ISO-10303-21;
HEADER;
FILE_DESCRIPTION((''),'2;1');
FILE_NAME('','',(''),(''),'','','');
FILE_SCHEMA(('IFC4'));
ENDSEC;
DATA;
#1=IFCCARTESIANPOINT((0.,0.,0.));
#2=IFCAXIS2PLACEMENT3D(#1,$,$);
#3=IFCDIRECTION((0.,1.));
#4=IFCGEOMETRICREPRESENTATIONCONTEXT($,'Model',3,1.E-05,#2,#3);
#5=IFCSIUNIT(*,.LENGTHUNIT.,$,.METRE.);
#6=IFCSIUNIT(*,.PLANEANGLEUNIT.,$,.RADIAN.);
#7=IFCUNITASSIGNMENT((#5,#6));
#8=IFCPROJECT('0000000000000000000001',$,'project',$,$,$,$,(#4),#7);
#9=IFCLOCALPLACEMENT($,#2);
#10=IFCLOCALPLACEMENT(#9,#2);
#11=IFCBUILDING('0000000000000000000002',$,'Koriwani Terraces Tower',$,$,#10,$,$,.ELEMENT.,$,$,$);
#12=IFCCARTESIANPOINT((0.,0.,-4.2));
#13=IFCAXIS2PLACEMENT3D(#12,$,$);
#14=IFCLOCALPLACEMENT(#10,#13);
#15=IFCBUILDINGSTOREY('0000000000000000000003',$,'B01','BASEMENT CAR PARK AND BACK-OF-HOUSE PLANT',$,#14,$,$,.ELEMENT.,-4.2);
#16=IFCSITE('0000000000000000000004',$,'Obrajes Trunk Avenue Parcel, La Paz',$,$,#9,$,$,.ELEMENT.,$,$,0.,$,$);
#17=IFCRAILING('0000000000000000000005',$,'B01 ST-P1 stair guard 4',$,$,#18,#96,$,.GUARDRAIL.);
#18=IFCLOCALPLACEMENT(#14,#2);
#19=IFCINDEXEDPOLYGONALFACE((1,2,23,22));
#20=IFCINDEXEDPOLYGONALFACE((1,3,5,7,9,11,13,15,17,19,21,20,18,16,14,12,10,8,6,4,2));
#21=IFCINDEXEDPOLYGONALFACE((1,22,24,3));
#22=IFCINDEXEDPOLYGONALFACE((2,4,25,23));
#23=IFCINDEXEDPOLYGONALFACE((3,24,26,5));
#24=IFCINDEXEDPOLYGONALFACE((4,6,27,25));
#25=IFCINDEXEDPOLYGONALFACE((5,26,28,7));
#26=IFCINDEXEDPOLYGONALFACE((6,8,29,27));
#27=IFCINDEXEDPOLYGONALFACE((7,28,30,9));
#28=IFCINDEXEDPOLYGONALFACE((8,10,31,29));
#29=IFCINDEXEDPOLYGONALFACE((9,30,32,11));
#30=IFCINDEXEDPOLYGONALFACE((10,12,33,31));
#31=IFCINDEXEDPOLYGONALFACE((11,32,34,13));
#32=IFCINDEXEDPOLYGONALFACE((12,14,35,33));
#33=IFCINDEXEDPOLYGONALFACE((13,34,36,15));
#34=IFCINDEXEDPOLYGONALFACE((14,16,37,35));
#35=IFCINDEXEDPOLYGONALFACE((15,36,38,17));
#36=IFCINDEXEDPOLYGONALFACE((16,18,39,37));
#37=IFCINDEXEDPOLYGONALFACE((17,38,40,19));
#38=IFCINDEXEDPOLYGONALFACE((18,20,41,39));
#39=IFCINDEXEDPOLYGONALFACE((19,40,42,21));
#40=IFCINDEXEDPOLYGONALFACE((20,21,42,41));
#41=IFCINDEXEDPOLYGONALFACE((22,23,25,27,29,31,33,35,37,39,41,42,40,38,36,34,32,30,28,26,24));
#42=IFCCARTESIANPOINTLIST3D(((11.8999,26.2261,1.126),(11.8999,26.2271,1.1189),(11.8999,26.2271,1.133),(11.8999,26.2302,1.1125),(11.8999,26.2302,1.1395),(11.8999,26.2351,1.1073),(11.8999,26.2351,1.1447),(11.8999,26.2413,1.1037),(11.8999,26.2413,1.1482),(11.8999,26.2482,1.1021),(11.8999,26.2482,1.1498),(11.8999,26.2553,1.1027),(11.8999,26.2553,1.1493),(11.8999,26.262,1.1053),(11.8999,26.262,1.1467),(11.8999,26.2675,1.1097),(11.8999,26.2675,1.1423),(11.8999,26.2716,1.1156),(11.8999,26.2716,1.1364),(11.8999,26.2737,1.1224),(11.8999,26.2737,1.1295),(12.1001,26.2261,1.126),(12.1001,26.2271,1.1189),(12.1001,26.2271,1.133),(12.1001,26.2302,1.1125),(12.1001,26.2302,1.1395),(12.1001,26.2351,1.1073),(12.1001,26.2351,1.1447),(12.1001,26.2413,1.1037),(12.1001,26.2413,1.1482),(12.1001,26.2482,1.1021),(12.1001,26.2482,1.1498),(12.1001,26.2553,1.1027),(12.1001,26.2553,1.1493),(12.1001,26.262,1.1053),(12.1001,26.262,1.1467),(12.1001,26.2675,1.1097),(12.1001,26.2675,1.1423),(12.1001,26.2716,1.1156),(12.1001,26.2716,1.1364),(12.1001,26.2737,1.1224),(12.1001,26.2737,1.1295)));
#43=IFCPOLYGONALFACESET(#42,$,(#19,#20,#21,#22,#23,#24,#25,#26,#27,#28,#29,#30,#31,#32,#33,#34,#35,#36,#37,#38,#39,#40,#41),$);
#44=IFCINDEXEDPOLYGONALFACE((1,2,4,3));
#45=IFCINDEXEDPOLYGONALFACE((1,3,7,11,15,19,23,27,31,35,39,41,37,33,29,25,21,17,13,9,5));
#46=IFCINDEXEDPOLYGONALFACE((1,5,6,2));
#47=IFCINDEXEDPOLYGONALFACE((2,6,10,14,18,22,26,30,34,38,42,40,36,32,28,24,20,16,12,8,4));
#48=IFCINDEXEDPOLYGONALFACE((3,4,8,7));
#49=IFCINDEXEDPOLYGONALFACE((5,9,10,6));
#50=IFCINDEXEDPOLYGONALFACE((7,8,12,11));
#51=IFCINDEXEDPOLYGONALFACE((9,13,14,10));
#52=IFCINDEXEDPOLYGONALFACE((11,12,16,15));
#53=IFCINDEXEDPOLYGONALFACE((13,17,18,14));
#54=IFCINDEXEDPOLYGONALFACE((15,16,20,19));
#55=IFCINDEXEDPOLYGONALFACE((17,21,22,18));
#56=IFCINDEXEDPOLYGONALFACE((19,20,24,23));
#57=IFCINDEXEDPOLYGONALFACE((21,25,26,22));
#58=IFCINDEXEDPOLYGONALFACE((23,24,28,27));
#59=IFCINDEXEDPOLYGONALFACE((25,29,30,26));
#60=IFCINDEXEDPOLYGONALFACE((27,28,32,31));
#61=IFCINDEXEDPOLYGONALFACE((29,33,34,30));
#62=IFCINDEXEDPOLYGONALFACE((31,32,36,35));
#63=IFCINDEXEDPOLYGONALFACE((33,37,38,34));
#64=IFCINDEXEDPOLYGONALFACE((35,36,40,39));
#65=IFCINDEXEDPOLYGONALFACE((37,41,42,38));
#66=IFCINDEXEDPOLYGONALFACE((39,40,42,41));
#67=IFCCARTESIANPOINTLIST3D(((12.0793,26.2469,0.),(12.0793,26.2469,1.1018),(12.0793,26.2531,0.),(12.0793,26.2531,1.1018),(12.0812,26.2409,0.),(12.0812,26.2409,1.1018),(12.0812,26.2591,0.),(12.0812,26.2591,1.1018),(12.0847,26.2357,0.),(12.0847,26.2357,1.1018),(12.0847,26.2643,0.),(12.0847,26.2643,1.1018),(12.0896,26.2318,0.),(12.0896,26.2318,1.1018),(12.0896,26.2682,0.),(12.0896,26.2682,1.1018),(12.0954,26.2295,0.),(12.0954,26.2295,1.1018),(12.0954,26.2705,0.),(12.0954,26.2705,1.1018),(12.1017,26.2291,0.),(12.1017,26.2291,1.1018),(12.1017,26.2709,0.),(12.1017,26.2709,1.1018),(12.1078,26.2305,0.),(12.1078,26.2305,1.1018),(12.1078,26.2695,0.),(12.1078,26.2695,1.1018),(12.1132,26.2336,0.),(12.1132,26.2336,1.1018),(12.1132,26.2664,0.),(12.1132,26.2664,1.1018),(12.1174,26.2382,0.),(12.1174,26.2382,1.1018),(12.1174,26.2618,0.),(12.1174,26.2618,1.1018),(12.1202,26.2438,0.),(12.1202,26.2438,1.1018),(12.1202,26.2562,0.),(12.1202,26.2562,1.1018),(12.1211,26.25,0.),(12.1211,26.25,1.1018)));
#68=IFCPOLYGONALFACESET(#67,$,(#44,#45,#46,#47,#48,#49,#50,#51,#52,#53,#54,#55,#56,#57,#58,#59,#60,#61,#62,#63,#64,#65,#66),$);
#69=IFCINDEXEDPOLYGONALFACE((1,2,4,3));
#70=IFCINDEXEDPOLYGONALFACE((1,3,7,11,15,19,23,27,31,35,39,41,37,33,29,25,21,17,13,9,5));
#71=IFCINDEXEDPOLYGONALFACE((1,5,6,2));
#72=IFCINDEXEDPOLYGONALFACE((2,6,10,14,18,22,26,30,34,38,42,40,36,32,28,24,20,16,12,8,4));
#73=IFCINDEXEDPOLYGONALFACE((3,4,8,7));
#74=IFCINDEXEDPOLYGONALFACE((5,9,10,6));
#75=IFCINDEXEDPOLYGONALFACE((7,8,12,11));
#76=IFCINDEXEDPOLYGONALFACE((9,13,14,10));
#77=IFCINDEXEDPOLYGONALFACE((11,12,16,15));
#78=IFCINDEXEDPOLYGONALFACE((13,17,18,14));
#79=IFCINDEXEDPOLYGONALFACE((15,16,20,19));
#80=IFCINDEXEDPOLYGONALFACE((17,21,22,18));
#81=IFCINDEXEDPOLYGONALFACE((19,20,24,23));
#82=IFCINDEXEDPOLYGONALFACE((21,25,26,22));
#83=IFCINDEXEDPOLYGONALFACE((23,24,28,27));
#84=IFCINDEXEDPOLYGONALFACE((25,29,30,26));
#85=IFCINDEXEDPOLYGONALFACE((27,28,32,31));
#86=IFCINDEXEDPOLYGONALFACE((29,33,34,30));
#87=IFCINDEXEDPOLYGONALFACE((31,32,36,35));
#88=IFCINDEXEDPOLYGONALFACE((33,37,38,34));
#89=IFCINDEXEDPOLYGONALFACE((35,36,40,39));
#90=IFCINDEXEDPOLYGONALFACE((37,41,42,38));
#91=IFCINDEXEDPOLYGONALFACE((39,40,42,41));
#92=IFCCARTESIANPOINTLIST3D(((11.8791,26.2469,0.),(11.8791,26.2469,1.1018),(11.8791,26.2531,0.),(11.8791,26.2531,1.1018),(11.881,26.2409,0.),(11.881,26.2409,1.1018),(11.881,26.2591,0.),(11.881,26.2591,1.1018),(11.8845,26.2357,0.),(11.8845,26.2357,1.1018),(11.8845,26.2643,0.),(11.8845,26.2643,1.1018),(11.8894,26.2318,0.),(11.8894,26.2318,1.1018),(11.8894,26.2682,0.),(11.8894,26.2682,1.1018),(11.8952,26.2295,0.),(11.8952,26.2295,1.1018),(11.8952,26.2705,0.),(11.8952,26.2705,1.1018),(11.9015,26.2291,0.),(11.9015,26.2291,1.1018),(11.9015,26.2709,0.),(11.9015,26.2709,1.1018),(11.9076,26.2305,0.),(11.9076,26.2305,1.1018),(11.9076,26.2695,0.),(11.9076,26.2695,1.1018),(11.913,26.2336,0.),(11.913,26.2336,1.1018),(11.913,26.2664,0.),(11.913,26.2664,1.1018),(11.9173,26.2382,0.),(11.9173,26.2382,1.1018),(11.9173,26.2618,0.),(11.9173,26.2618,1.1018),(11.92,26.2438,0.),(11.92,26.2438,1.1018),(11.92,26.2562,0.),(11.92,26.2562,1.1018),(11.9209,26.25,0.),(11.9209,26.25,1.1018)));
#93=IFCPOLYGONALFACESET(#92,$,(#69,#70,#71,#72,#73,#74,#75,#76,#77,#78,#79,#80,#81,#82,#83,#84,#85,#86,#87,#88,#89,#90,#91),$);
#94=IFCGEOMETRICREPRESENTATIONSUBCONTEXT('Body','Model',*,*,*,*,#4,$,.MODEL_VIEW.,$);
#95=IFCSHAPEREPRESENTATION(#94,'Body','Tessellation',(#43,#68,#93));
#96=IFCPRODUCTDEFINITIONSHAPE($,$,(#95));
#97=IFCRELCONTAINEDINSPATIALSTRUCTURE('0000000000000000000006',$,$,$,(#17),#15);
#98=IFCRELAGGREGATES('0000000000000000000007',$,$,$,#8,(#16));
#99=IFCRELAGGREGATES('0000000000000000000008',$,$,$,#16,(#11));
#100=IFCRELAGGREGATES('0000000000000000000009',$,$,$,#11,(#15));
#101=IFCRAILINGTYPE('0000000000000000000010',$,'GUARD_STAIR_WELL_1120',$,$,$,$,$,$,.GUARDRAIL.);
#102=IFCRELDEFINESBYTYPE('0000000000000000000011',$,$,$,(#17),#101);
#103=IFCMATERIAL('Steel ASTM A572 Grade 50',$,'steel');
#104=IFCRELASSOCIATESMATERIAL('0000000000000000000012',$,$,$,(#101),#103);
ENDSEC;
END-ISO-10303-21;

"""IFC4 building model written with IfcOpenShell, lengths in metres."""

from ifc_helpers import new_model, si_unit, direction, frame, origin, origin_2d, place, context, subcontext, project, spatial, circle, extrude, material, type_object, element, save


model = new_model("IFC4")

# Units and contexts
model_context = context("Model", 3, precision=1e-05, world=origin(), true_north=direction((0.0, 1.0)))
body_context = subcontext(model_context, "Body", "Model", "MODEL_VIEW")
ifc_project = project(units=[si_unit("LENGTHUNIT", "METRE"), si_unit("PLANEANGLEUNIT", "RADIAN")], contexts=[model_context])

# Site, building, storey
site_placement = place(None, origin())
site = spatial("IfcSite", under=ifc_project, at=site_placement, Name="Obrajes Trunk Avenue Parcel, La Paz", CompositionType="ELEMENT", RefElevation=0.0)
building_placement = place(site_placement, origin())
building = spatial("IfcBuilding", under=site, at=building_placement, Name="Koriwani Terraces Tower", CompositionType="ELEMENT")
storey_placement = place(building_placement, frame((0.0, 0.0, -4.2)))
storey = spatial("IfcBuildingStorey", under=building, at=storey_placement, Name="B01", Description="BASEMENT CAR PARK AND BACK-OF-HOUSE PLANT", CompositionType="ELEMENT", Elevation=-4.2)

# Shared definitions
ifc_material_1 = material(Name="Steel ASTM A572 Grade 50", Category="steel")

# Railing
railing_type_1 = type_object("IfcRailingType", Name="GUARD_STAIR_WELL_1120", PredefinedType="GUARDRAIL", material=ifc_material_1)
railing_1_placement = place(storey_placement, frame((12.1001, 26.25, 0.0)))
element("IfcRailing", 1, at=railing_1_placement, inside=storey, type_object=railing_type_1, Name="B01 ST-P1 stair guard 4", PredefinedType="GUARDRAIL", context=body_context, shape_type="SweptSolid", body=[
    extrude(circle(Radius=0.0239, at=origin_2d()), frame((0.0, 0.0, 1.126), z_axis=(-1.0, 0.0, 0.0), x_axis=(0.0, -1.0, 0.0)), (0.0, 0.0, 1.0), 0.2002),
    extrude(circle(Radius=0.021, at=origin_2d()), origin(), (0.0, 0.0, 1.0), 1.1018),
    extrude(circle(Radius=0.021, at=origin_2d()), frame((-0.2002, 0.0, 0.0)), (0.0, 0.0, 1.0), 1.1018),
])

save(model, "model.ifc")
